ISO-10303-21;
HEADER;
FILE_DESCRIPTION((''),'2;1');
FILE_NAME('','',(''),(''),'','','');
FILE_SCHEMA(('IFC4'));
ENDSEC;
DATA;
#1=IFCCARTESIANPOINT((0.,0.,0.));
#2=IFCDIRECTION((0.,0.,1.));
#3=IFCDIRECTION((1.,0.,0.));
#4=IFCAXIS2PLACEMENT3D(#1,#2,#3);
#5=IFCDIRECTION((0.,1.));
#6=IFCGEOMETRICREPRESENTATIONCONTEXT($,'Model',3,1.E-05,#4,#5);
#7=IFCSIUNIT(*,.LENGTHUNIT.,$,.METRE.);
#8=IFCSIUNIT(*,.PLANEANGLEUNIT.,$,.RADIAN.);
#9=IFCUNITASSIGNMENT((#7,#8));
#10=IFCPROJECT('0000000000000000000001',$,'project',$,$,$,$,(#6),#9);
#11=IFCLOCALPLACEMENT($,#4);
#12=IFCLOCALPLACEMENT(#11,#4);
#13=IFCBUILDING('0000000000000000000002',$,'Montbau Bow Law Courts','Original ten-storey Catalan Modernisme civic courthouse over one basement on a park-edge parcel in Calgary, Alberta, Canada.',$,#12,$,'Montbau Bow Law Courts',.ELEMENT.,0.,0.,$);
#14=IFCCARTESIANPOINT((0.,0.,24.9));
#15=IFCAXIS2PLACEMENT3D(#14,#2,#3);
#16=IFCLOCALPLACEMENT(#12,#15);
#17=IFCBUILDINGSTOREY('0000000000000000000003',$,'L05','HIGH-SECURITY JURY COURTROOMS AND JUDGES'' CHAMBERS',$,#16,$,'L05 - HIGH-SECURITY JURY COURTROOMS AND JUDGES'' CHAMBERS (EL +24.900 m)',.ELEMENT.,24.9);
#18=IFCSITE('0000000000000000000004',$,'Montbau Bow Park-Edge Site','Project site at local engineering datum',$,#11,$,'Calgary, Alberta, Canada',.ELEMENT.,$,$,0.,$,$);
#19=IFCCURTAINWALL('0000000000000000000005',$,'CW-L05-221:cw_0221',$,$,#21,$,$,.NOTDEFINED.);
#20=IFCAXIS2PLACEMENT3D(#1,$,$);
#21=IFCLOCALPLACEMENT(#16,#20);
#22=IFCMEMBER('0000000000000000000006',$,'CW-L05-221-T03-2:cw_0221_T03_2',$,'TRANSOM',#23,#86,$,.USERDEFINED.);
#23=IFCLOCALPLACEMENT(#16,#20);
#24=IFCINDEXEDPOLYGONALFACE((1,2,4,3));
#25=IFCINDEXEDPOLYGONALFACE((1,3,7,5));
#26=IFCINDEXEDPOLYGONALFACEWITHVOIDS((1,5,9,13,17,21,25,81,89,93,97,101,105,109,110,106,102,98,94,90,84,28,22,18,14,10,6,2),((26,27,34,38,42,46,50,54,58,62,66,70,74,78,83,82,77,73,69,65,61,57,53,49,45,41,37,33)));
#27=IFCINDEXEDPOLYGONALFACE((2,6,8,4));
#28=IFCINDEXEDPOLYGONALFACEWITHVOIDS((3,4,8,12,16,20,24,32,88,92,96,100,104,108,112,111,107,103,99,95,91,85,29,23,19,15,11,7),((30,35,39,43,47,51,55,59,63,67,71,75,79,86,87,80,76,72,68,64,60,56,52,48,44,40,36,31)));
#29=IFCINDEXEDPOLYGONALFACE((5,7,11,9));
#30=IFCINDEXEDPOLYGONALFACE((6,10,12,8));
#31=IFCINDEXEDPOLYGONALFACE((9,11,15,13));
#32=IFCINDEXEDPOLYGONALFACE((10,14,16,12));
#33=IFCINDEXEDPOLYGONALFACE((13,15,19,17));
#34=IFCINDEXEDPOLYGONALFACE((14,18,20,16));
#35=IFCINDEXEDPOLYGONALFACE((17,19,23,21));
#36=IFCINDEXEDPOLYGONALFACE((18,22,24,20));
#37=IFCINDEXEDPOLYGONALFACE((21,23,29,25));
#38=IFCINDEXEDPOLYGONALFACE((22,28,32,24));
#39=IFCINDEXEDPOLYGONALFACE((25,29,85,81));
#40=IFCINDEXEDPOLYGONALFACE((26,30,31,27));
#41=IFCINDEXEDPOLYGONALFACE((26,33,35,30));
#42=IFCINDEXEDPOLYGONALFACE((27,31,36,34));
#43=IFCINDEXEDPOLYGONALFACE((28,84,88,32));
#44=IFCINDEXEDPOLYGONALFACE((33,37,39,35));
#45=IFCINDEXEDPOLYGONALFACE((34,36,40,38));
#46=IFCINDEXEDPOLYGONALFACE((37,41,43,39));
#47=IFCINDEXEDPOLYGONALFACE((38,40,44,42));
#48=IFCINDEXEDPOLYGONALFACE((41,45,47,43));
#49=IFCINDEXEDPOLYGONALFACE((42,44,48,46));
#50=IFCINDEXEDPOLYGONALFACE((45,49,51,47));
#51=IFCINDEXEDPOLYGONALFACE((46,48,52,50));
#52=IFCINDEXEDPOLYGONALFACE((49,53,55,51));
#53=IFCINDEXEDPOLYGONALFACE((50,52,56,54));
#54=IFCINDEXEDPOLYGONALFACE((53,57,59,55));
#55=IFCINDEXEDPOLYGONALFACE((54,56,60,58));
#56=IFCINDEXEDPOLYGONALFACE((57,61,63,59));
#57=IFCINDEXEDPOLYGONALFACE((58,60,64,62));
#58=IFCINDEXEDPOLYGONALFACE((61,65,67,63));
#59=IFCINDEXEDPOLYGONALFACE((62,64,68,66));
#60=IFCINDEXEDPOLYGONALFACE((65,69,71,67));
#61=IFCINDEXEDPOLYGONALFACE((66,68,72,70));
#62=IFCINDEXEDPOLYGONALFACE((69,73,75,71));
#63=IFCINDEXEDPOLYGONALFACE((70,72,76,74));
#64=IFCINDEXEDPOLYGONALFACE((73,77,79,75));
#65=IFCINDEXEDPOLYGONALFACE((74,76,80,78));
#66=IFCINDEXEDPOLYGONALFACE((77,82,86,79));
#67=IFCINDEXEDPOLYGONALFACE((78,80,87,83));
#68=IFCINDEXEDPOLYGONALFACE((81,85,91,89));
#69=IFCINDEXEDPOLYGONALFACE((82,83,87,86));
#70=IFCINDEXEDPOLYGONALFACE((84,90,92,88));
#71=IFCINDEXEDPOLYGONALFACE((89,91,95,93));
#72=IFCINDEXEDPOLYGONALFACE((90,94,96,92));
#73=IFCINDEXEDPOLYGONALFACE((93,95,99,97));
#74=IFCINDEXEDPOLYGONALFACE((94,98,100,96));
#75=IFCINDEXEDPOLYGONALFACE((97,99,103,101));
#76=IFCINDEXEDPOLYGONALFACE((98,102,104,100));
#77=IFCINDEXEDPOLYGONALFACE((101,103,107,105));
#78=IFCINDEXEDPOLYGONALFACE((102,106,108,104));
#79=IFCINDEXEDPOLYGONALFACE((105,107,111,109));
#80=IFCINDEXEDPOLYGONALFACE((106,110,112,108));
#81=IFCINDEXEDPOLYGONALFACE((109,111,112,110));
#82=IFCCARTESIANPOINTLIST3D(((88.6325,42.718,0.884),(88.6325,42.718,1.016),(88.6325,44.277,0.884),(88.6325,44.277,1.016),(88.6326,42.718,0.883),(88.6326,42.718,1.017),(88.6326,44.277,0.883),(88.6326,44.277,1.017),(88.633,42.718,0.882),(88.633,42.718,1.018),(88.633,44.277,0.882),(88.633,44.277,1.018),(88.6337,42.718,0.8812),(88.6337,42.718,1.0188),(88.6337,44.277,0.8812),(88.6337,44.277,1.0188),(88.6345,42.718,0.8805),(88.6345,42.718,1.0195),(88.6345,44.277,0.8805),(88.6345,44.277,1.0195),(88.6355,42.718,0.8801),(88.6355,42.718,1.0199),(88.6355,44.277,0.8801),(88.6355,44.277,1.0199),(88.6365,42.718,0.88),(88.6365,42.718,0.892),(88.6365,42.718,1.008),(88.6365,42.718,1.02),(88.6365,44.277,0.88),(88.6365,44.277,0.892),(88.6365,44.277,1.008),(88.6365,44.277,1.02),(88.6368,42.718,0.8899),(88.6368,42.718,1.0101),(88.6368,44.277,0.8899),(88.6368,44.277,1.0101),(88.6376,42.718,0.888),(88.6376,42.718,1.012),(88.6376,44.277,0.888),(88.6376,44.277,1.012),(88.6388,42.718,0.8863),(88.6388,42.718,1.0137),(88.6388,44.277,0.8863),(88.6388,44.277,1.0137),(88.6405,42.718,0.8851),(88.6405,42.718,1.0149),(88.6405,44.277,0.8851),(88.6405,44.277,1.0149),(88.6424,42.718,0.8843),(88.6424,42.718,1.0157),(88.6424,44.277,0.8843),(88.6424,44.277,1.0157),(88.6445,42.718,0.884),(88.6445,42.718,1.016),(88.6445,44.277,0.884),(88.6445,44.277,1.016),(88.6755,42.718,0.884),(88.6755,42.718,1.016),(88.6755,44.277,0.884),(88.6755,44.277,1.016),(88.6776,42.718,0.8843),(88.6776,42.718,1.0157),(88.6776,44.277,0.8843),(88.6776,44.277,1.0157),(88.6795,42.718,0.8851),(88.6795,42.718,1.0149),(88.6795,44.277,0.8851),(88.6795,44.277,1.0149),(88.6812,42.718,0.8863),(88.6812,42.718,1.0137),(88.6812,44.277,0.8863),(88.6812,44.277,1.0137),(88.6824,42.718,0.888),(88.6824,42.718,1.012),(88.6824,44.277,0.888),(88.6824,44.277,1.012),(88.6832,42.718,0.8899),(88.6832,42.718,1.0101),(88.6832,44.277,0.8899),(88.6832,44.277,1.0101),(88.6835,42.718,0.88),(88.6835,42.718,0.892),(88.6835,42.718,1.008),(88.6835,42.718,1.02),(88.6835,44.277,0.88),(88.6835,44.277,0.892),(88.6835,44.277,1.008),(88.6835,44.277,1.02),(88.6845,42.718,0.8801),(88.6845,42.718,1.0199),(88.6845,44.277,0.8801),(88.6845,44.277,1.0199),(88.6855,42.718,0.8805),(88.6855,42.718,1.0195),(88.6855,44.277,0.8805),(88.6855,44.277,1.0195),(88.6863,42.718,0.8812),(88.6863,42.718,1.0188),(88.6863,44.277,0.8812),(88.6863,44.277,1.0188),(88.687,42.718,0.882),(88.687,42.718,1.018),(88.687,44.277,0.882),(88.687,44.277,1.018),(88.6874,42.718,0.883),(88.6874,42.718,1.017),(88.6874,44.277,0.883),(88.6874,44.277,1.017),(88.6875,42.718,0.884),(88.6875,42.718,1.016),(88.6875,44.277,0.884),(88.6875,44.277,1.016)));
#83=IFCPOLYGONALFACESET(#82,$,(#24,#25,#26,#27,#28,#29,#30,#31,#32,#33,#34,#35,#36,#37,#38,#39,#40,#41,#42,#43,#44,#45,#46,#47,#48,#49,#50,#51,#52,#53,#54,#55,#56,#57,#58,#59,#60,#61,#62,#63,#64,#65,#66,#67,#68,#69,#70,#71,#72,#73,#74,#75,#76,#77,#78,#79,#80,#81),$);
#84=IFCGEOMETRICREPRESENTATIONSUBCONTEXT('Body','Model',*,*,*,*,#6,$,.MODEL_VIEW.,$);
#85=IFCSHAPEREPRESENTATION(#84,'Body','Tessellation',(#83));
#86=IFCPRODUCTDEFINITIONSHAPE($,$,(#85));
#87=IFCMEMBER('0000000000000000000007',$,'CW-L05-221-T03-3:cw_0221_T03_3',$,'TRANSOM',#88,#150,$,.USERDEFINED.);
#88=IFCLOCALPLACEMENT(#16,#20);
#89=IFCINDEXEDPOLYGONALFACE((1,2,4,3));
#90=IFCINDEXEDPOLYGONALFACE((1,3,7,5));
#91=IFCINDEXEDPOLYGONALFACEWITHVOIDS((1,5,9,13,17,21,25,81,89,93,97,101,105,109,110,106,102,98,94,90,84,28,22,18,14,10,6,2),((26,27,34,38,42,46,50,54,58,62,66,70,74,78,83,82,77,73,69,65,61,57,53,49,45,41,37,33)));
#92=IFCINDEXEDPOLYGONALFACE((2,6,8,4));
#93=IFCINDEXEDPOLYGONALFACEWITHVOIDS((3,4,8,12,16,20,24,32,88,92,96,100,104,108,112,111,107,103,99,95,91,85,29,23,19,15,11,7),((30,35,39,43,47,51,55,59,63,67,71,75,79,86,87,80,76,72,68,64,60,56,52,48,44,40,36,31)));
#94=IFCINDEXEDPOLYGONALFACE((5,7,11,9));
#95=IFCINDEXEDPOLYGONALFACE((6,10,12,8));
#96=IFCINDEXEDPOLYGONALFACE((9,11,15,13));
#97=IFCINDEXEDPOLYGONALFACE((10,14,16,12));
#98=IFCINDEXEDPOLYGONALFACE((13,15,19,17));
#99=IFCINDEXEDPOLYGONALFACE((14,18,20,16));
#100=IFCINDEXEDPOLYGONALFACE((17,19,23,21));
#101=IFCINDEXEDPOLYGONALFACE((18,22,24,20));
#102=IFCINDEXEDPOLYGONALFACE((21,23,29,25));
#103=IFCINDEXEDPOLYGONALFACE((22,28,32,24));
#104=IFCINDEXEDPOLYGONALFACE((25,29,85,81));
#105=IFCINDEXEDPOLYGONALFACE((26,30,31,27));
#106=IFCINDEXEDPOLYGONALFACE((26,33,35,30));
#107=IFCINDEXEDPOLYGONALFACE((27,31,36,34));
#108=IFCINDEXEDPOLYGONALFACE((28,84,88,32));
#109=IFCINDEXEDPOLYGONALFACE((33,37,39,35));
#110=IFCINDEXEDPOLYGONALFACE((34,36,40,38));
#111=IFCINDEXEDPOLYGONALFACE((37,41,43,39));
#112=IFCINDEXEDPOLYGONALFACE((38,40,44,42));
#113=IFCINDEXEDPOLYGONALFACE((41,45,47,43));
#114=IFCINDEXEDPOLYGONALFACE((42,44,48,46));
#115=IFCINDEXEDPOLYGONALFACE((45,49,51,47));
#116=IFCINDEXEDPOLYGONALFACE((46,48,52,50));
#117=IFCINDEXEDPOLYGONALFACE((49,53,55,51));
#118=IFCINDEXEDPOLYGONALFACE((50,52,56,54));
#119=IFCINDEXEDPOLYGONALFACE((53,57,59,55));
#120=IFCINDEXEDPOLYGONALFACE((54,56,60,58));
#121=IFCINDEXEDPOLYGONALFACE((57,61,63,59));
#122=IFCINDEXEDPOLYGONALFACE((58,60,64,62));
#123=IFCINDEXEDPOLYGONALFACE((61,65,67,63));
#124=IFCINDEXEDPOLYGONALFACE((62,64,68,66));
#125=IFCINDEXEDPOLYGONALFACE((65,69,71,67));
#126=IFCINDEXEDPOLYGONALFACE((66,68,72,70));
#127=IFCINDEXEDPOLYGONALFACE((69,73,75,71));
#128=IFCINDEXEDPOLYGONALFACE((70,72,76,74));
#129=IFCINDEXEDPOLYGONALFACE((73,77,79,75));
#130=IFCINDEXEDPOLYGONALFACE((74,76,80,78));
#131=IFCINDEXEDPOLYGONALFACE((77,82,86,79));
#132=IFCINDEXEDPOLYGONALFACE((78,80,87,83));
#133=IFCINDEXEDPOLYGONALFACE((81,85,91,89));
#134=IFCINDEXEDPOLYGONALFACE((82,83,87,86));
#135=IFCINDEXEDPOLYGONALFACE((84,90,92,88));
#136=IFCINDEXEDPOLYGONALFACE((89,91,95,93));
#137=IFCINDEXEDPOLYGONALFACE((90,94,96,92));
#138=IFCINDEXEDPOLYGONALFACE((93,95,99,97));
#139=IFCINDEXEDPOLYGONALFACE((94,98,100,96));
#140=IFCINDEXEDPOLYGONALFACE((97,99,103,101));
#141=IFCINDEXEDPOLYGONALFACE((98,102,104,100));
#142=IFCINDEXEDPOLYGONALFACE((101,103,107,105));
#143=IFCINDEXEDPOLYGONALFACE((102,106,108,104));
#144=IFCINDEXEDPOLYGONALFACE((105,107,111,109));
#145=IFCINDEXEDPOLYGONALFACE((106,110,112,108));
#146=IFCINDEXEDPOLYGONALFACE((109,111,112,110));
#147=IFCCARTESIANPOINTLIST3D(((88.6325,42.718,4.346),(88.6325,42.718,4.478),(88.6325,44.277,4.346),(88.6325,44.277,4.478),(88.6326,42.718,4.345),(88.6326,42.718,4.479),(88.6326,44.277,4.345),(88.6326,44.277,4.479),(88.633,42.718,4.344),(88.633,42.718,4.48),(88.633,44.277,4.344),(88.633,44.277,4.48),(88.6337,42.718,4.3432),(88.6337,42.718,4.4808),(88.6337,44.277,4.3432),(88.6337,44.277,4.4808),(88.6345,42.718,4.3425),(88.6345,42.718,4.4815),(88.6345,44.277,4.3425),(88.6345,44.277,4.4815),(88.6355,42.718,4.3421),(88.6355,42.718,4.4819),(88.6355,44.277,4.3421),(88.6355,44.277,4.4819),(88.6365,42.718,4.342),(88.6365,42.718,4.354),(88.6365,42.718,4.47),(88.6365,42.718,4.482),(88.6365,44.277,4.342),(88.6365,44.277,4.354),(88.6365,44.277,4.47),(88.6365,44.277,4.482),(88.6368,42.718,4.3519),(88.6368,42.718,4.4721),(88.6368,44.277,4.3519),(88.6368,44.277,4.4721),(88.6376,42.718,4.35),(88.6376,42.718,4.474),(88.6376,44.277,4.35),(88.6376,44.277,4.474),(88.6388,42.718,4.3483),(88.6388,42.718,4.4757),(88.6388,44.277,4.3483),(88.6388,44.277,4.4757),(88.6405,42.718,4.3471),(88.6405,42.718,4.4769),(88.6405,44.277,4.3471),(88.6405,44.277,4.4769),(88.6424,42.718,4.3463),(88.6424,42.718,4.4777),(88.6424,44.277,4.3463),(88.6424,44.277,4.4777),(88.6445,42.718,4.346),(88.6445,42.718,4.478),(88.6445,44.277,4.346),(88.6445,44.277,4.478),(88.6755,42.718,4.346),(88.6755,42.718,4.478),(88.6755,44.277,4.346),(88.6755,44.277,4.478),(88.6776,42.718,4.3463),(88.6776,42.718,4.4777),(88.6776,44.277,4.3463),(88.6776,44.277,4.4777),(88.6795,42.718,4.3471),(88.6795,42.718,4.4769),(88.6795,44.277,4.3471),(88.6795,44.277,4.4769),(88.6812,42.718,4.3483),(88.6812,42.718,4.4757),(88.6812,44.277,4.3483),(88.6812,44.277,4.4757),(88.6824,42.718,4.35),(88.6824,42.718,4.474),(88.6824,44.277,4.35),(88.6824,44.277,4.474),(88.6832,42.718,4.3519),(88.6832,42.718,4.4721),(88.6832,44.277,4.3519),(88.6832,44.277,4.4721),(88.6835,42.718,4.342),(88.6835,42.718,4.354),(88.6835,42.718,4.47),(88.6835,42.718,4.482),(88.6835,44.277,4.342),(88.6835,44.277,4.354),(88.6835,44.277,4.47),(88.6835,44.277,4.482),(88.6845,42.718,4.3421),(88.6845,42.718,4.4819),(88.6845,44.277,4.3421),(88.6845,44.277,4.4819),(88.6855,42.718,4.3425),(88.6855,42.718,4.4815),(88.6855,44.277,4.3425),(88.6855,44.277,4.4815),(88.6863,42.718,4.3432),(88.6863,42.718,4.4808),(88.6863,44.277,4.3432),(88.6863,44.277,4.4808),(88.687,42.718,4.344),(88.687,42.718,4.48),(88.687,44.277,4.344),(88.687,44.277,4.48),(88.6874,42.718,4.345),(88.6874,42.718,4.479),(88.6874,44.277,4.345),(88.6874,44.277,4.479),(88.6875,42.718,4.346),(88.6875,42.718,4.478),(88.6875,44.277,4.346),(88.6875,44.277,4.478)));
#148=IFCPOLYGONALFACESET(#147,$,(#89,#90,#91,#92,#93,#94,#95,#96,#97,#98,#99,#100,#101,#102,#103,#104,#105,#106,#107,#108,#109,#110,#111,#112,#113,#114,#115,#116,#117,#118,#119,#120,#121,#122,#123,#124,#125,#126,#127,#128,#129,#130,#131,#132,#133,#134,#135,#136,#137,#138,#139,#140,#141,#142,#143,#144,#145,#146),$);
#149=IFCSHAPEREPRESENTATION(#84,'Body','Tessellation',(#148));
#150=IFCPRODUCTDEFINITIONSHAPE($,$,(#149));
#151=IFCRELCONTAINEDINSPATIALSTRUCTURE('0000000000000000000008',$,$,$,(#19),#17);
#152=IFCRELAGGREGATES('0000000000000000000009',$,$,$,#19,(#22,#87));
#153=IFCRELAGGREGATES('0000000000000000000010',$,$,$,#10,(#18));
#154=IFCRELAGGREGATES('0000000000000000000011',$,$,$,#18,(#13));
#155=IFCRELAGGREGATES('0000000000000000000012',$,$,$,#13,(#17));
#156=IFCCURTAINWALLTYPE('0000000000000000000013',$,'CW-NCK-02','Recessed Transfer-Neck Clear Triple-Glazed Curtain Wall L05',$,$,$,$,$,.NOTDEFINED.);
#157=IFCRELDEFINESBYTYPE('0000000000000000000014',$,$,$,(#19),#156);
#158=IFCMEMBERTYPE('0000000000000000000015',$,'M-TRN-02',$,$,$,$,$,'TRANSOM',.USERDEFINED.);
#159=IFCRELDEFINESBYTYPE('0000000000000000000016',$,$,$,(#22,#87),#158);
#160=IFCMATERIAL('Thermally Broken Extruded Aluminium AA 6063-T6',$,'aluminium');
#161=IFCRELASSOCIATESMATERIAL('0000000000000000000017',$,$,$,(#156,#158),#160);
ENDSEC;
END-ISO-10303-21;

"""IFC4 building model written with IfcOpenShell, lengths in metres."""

from ifc_helpers import new_model, si_unit, direction, frame, origin_with_axes, origin_2d_with_axis, place, context, subcontext, project, spatial, hollow_rectangle, extrude, material, material_profile, profile_set, type_object, element, aggregate, save


model = new_model("IFC4")

# Units and contexts
model_context = context("Model", 3, precision=1e-05, world=origin_with_axes(), true_north=direction((0.0, 1.0)))
body_context = subcontext(model_context, "Body", "Model", "MODEL_VIEW")
ifc_project = project(units=[si_unit("LENGTHUNIT", "METRE"), si_unit("PLANEANGLEUNIT", "RADIAN")], contexts=[model_context])

# Site, building, storey
site_placement = place(None, origin_with_axes())
site = spatial("IfcSite", under=ifc_project, at=site_placement, Name="Montbau Bow Park-Edge Site", Description="Project site at local engineering datum", LongName="Calgary, Alberta, Canada", CompositionType="ELEMENT", RefElevation=0.0)
building_placement = place(site_placement, origin_with_axes())
building = spatial("IfcBuilding", under=site, at=building_placement, Name="Montbau Bow Law Courts", Description="Original ten-storey Catalan Modernisme civic courthouse over one basement on a park-edge parcel in Calgary, Alberta, Canada.", LongName="Montbau Bow Law Courts", CompositionType="ELEMENT", ElevationOfRefHeight=0.0, ElevationOfTerrain=0.0)
storey_placement = place(building_placement, frame((0.0, 0.0, 24.9), z_axis=(0.0, 0.0, 1.0), x_axis=(1.0, 0.0, 0.0)))
storey = spatial("IfcBuildingStorey", under=building, at=storey_placement, Name="L05", Description="HIGH-SECURITY JURY COURTROOMS AND JUDGES' CHAMBERS", LongName="L05 - HIGH-SECURITY JURY COURTROOMS AND JUDGES' CHAMBERS (EL +24.900 m)", CompositionType="ELEMENT", Elevation=24.9)

# Curtain wall, members
ifc_material_1 = material(Name="Thermally Broken Extruded Aluminium AA 6063-T6", Category="aluminium")
curtain_wall_type = type_object("IfcCurtainWallType", Name="CW-NCK-02", Description="Recessed Transfer-Neck Clear Triple-Glazed Curtain Wall L05", PredefinedType="NOTDEFINED", material=ifc_material_1)
curtain_wall_placement = place(None, frame((88.66, 39.44, 24.9), z_axis=(0.0, 0.0, 1.0), x_axis=(1.0, 0.0, 0.0)))
curtain_wall = element("IfcCurtainWall", 1, at=curtain_wall_placement, inside=storey, type_object=curtain_wall_type, Name="CW-L05-221:cw_0221", PredefinedType="NOTDEFINED")
ifc_material_profile_1 = material_profile(ifc_material_1, hollow_rectangle(XDim=0.055, YDim=0.14, WallThickness=0.004, InnerFilletRadius=0.008, OuterFilletRadius=0.004, at=origin_2d_with_axis()), Name="CWT-140X55", Category="Main", Priority=0)
ifc_profile_set_1 = profile_set([ifc_material_profile_1], Name="Thermally Broken Extruded Aluminium AA 6063-T6")
member_type_1 = type_object("IfcMemberType", Name="M-TRN-02", ElementType="TRANSOM", PredefinedType="USERDEFINED", material=ifc_profile_set_1)
member_1_placement = place(None, frame((88.66, 42.718, 25.85), z_axis=(0.0, 1.0, 0.0), x_axis=(-1.0, 0.0, 0.0)))
member_1 = element("IfcMember", 2, at=member_1_placement, type_object=member_type_1, Name="CW-L05-221-T03-2:cw_0221_T03_2", ObjectType="TRANSOM", PredefinedType="USERDEFINED", context=body_context, shape_type="SweptSolid", body=[
    extrude(hollow_rectangle(XDim=0.055, YDim=0.14, WallThickness=0.004, InnerFilletRadius=0.008, OuterFilletRadius=0.004, at=origin_2d_with_axis()), origin_with_axes(), (0.0, 0.0, 1.0), 1.559),
])
member_2_placement = place(None, frame((88.66, 42.718, 29.312), z_axis=(0.0, 1.0, 0.0), x_axis=(-1.0, 0.0, 0.0)))
member_2 = element("IfcMember", 3, at=member_2_placement, type_object=member_type_1, Name="CW-L05-221-T03-3:cw_0221_T03_3", ObjectType="TRANSOM", PredefinedType="USERDEFINED", context=body_context, shape_type="SweptSolid", body=[
    extrude(hollow_rectangle(XDim=0.055, YDim=0.14, WallThickness=0.004, InnerFilletRadius=0.008, OuterFilletRadius=0.004, at=origin_2d_with_axis()), origin_with_axes(), (0.0, 0.0, 1.0), 1.559),
])
aggregate(curtain_wall, [member_1, member_2])

save(model, "model.ifc")
